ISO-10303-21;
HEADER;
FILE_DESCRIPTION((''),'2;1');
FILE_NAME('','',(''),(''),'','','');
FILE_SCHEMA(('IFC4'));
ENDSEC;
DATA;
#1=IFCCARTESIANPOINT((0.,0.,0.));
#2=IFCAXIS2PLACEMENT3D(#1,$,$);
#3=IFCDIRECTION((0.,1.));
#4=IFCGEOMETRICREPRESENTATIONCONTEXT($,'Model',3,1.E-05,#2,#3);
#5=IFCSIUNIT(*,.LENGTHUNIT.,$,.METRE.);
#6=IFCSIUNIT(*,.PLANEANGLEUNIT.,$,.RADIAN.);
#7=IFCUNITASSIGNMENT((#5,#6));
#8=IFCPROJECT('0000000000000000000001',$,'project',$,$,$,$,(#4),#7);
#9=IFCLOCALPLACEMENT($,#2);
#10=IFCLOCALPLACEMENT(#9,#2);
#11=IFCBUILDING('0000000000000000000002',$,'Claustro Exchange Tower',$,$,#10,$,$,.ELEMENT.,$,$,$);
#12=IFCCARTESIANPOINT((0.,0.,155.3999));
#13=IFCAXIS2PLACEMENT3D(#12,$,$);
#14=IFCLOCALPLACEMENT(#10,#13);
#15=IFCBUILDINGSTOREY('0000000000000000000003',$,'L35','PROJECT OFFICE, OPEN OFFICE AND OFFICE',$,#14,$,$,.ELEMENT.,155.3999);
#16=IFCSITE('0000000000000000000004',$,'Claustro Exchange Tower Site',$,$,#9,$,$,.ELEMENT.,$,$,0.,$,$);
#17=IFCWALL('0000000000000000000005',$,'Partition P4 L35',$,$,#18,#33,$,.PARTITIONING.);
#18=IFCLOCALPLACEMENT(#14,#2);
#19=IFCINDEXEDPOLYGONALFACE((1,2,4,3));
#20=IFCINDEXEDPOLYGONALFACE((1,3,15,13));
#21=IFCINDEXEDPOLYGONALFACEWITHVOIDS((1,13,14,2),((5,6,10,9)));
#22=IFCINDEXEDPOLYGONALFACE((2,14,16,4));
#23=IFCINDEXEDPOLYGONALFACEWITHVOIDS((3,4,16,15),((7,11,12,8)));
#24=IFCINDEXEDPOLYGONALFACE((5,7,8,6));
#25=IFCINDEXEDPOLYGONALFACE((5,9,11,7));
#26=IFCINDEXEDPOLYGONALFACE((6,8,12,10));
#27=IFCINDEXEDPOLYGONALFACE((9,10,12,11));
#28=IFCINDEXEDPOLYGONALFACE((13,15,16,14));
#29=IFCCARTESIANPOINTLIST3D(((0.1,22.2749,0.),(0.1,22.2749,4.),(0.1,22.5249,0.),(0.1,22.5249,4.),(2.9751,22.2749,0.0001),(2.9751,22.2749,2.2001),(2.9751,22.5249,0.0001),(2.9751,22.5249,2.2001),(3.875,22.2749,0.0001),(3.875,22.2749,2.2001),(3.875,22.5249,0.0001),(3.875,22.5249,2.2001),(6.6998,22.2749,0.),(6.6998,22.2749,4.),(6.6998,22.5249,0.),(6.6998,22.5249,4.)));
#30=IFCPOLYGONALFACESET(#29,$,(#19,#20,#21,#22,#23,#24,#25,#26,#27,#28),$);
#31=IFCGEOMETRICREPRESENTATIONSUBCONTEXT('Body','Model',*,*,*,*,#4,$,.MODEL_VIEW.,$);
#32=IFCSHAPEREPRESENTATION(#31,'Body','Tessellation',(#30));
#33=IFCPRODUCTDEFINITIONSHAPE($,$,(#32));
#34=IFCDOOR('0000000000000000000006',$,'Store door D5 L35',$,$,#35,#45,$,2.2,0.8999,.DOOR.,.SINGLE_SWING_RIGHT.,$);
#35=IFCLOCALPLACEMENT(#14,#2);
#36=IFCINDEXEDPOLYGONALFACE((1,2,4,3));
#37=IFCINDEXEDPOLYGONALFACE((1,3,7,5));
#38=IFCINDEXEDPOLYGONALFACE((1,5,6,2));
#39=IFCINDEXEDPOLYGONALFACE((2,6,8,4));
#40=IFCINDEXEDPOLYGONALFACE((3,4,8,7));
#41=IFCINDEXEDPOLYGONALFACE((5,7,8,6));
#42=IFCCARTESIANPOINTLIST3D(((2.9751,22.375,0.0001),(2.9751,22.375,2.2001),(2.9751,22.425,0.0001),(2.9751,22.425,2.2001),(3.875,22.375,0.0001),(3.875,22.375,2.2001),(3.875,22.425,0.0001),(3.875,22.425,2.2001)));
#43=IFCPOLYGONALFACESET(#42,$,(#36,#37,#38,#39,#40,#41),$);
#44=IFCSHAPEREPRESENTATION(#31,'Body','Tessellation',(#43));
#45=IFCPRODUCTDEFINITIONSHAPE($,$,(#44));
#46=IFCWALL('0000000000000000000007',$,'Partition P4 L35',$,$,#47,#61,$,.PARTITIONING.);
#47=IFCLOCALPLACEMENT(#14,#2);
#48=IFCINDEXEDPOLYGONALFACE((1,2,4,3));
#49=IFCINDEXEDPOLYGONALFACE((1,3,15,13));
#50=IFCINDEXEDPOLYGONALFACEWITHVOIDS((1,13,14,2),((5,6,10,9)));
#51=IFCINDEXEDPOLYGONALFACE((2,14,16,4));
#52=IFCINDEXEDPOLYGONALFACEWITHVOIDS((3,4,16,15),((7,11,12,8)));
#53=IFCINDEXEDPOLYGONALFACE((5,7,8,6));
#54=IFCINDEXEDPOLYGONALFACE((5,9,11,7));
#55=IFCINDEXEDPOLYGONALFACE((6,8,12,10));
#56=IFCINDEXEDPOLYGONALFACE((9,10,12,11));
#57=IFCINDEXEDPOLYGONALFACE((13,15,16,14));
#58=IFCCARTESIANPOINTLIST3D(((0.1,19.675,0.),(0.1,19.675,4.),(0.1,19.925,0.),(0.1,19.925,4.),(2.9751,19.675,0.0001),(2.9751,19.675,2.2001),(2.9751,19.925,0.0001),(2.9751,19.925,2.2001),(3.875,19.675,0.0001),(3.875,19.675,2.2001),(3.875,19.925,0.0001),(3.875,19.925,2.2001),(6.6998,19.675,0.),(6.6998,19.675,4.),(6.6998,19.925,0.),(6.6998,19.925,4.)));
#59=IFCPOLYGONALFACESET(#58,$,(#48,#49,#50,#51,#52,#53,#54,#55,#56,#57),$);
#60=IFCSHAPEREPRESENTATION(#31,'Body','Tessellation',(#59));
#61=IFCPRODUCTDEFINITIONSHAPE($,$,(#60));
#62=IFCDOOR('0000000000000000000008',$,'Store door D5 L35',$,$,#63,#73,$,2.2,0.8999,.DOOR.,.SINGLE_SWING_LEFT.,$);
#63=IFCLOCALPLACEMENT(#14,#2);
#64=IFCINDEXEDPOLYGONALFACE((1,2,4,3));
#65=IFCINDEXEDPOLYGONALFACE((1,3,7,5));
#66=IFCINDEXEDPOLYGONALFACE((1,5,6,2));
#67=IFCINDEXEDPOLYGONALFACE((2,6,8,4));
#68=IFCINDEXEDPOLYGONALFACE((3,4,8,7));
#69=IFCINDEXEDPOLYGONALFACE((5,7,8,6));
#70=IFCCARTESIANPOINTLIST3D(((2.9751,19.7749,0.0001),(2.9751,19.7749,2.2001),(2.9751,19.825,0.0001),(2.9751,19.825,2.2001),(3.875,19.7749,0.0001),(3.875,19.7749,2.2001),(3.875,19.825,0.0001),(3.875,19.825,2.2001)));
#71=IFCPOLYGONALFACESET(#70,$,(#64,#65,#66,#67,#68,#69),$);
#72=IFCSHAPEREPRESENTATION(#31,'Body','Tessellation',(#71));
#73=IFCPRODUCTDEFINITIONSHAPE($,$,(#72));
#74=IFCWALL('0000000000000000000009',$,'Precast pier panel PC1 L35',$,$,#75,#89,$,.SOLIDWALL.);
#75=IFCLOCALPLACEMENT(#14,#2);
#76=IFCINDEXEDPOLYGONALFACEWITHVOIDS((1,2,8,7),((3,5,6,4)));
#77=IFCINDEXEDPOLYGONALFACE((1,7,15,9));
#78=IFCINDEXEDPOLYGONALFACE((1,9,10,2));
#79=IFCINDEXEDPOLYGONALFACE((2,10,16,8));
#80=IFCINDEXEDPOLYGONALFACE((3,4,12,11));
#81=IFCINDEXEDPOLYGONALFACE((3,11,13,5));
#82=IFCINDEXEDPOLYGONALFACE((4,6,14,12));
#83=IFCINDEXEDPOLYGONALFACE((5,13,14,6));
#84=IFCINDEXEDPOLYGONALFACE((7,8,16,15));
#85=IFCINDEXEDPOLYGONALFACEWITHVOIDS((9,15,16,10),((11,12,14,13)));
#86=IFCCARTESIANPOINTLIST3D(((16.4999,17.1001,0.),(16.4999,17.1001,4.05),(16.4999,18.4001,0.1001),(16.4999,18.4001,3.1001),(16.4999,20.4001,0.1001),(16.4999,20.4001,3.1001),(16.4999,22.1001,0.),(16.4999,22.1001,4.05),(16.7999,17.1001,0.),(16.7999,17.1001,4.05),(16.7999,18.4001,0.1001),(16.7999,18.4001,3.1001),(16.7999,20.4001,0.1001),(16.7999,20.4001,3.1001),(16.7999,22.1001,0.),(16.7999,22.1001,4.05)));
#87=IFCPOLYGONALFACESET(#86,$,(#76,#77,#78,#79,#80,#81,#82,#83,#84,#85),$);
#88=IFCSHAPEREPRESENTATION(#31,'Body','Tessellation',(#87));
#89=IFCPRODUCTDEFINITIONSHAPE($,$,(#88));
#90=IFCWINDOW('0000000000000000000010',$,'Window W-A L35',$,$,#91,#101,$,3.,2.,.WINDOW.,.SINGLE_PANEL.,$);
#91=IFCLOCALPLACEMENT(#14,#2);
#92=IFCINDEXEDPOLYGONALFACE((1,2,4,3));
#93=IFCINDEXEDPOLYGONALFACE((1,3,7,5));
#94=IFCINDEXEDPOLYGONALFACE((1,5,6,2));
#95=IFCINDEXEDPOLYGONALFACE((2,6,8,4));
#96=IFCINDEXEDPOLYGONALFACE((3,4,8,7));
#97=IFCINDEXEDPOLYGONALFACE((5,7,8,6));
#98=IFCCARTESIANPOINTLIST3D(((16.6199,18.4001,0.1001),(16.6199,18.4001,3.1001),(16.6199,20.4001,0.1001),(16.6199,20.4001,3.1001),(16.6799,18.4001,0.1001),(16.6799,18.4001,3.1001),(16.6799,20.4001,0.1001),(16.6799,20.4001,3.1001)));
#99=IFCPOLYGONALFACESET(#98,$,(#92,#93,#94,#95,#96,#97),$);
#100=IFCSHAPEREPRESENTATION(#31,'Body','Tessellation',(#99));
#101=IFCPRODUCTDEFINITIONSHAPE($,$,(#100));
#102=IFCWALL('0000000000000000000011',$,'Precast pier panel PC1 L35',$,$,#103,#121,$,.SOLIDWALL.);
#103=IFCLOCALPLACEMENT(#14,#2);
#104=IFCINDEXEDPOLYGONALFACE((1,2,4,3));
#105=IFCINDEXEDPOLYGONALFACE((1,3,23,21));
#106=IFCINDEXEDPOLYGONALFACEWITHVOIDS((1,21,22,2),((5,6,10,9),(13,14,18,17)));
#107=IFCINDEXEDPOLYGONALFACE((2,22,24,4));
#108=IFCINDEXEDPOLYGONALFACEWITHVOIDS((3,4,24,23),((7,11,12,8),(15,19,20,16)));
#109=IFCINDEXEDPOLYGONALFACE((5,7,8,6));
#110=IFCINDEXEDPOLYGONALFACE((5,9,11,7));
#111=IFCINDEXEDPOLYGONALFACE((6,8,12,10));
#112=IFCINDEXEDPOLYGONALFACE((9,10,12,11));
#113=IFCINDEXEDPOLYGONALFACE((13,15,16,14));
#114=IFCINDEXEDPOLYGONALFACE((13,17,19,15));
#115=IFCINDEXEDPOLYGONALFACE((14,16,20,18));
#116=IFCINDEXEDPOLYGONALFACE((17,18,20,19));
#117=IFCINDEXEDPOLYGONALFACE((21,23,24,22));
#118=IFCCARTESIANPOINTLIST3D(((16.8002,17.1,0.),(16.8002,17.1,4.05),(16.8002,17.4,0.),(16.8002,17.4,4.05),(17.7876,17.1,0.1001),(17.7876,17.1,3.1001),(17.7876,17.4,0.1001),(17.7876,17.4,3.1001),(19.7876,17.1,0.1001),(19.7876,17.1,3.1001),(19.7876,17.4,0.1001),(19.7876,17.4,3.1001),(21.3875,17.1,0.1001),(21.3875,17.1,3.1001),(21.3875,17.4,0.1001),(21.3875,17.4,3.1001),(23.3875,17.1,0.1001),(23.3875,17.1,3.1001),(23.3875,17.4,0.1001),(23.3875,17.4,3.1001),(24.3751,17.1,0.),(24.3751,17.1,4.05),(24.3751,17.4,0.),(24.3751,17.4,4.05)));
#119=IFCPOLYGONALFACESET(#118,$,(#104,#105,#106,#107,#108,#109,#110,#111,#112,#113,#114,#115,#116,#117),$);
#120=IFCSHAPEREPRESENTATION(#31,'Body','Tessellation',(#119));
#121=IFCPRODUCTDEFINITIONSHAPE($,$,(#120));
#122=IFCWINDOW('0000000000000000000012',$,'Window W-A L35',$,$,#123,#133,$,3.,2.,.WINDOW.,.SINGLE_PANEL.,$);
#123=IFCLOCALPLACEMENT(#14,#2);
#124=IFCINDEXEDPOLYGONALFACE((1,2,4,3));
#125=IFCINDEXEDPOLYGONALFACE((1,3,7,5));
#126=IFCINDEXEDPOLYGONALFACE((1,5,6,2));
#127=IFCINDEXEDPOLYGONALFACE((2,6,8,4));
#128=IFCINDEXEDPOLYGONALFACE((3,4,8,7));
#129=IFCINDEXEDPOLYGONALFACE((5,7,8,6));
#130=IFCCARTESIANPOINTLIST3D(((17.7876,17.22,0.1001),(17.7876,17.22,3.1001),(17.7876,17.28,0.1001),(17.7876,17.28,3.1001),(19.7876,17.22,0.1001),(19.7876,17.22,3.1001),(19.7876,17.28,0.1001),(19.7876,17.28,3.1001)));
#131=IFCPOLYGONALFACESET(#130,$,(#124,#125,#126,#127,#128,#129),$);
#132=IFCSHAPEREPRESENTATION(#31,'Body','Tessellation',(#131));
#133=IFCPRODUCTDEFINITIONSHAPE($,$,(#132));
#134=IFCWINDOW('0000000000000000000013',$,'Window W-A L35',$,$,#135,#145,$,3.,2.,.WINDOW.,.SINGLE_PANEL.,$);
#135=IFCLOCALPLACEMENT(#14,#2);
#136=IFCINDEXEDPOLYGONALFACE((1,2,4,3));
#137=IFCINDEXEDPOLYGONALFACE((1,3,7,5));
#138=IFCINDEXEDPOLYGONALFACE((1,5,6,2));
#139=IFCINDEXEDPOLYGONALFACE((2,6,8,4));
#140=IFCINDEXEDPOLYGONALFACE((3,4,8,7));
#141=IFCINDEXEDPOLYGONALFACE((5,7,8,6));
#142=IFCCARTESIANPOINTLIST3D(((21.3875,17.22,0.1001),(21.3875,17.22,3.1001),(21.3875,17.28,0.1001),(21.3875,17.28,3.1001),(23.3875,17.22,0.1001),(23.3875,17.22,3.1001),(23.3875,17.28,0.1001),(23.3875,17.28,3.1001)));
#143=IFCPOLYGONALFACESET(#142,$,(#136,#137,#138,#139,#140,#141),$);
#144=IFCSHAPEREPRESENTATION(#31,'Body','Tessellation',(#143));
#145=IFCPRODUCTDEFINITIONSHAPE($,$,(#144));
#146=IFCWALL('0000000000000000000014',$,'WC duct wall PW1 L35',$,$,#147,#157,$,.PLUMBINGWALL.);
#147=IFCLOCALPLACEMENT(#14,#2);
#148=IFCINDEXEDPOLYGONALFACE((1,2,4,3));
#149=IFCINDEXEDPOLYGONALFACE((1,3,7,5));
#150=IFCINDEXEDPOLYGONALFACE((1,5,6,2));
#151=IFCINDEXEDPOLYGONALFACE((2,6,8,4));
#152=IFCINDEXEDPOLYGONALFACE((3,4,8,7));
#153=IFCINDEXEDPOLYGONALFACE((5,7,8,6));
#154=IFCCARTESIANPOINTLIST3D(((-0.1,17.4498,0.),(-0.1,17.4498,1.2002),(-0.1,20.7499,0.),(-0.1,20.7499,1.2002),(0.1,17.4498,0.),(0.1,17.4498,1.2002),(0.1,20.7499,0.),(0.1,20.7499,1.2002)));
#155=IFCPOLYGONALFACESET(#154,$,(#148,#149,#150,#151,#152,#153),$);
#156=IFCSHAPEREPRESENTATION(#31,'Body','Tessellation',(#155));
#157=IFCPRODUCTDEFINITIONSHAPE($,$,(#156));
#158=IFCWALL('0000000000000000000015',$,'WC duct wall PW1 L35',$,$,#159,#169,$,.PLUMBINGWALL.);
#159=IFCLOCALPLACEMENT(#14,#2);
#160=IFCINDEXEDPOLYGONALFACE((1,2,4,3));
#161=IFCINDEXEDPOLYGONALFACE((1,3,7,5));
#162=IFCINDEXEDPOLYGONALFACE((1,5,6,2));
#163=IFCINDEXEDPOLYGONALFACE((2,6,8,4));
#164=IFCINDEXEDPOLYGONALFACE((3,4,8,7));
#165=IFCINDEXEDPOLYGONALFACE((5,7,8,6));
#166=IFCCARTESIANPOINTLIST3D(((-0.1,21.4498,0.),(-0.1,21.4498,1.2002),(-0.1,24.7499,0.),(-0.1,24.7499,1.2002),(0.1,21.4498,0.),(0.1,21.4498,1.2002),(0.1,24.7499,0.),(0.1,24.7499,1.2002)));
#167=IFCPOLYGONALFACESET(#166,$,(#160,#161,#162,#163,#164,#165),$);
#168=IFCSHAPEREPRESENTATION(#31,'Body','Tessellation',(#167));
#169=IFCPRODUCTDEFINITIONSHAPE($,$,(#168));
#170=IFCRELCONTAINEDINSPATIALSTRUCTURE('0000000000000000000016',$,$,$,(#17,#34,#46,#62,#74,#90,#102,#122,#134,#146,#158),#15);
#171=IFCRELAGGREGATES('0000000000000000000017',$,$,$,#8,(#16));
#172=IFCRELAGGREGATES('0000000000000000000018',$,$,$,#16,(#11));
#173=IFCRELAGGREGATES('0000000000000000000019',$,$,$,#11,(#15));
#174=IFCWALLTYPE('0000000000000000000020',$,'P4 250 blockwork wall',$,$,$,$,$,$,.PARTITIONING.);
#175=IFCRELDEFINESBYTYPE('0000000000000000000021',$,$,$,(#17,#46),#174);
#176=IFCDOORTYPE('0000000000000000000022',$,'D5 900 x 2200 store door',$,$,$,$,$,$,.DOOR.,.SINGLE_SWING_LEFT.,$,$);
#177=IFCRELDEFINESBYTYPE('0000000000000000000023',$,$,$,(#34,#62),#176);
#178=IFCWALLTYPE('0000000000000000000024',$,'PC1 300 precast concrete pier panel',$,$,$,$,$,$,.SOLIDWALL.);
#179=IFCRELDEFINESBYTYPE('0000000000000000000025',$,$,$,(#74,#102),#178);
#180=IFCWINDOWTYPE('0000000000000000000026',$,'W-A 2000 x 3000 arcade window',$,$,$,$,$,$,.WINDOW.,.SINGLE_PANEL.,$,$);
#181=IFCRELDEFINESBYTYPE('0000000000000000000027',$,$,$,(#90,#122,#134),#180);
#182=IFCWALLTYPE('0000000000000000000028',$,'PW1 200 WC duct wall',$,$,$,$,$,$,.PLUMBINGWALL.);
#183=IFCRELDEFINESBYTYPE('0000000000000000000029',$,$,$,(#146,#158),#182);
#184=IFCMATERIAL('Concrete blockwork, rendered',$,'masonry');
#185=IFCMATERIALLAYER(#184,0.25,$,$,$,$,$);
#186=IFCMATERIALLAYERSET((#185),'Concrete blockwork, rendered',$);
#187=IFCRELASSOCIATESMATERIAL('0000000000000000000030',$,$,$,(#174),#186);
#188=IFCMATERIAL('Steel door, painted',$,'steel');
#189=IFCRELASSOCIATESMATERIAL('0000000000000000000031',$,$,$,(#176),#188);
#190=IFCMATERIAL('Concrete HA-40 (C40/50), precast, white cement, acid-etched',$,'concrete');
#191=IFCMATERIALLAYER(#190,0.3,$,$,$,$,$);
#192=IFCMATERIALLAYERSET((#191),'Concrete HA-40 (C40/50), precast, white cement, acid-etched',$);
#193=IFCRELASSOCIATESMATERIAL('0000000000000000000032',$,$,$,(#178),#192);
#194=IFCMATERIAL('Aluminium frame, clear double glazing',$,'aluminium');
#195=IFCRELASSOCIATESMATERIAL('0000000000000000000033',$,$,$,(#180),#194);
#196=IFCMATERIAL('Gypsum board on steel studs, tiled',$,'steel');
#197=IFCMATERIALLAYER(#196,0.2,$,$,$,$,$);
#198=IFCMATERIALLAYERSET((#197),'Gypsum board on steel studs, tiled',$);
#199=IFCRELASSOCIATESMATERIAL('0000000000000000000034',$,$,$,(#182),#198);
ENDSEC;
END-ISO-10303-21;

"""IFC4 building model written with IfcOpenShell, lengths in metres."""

from ifc_helpers import new_model, si_unit, direction, frame, frame_2d, origin, place, context, subcontext, project, spatial, rectangle, extrude, material, layer, layer_set, type_object, element, fill, save


model = new_model("IFC4")

# Units and contexts
model_context = context("Model", 3, precision=1e-05, world=origin(), true_north=direction((0.0, 1.0)))
body_context = subcontext(model_context, "Body", "Model", "MODEL_VIEW")
ifc_project = project(units=[si_unit("LENGTHUNIT", "METRE"), si_unit("PLANEANGLEUNIT", "RADIAN")], contexts=[model_context])

# Site, building, storey
site_placement = place(None, origin())
site = spatial("IfcSite", under=ifc_project, at=site_placement, Name="Claustro Exchange Tower Site", CompositionType="ELEMENT", RefElevation=0.0)
building_placement = place(site_placement, origin())
building = spatial("IfcBuilding", under=site, at=building_placement, Name="Claustro Exchange Tower", CompositionType="ELEMENT")
storey_placement = place(building_placement, frame((0.0, 0.0, 155.3999)))
storey = spatial("IfcBuildingStorey", under=building, at=storey_placement, Name="L35", Description="PROJECT OFFICE, OPEN OFFICE AND OFFICE", CompositionType="ELEMENT", Elevation=155.3999)

# Walls, openings, doors
ifc_material_1 = material(Name="Concrete blockwork, rendered", Category="masonry")
ifc_layer_1 = layer(ifc_material_1, 0.25)
ifc_layer_set_1 = layer_set([ifc_layer_1], Name="Concrete blockwork, rendered")
wall_type_1 = type_object("IfcWallType", Name="P4 250 blockwork wall", PredefinedType="PARTITIONING", material=ifc_layer_set_1)
wall_1_placement = place(storey_placement, frame((0.1001, 22.3999, 0.0), z_axis=(0.0, 0.0, 1.0), x_axis=(1.0, 0.0, 0.0)))
wall_1 = element("IfcWall", 1, at=wall_1_placement, inside=storey, type_object=wall_type_1, Name="Partition P4 L35", PredefinedType="PARTITIONING", context=body_context, shape_type="SweptSolid", body=[
    extrude(rectangle(XDim=6.5999, YDim=0.25, at=frame_2d((3.2998, 0.0))), origin(), (0.0, 0.0, 1.0), 4.0),
])
opening_1_placement = place(wall_1_placement, frame((2.875, 0.0, 0.0)))
opening_1 = element("IfcOpeningElement", 2, at=opening_1_placement, cuts=wall_1, PredefinedType="OPENING", context=body_context, shape_type="SweptSolid", body=[
    extrude(rectangle(XDim=0.8999, YDim=2.2, at=frame_2d((0.45, 1.1001))), frame((0.0, 0.135, 0.0), z_axis=(0.0, -1.0, 0.0), x_axis=(1.0, 0.0, 0.0)), (0.0, 0.0, 1.0), 0.27),
])
ifc_material_2 = material(Name="Steel door, painted", Category="steel")
door_type_1 = type_object("IfcDoorType", Name="D5 900 x 2200 store door", OperationType="SINGLE_SWING_LEFT", PredefinedType="DOOR", material=ifc_material_2)
door_1_placement = place(opening_1_placement, frame((0.8999, 0.0, 0.0), z_axis=(0.0, 0.0, 1.0), x_axis=(-1.0, 0.0, 0.0)))
door_1 = element("IfcDoor", 3, at=door_1_placement, inside=storey, type_object=door_type_1, Name="Store door D5 L35", OperationType="SINGLE_SWING_RIGHT", OverallHeight=2.2, OverallWidth=0.8999, PredefinedType="DOOR", context=body_context, shape_type="SweptSolid", body=[
    extrude(rectangle(XDim=0.8999, YDim=2.2, at=frame_2d((0.45, 1.1001))), frame((0.0, 0.0249, 0.0), z_axis=(0.0, -1.0, 0.0), x_axis=(1.0, 0.0, 0.0)), (0.0, 0.0, 1.0), 0.05),
])
fill(opening_1, door_1)
wall_2_placement = place(storey_placement, frame((0.1001, 19.8, 0.0), z_axis=(0.0, 0.0, 1.0), x_axis=(1.0, 0.0, 0.0)))
wall_2 = element("IfcWall", 4, at=wall_2_placement, inside=storey, type_object=wall_type_1, Name="Partition P4 L35", PredefinedType="PARTITIONING", context=body_context, shape_type="SweptSolid", body=[
    extrude(rectangle(XDim=6.5999, YDim=0.25, at=frame_2d((3.2998, 0.0))), origin(), (0.0, 0.0, 1.0), 4.0),
])
opening_2_placement = place(wall_2_placement, frame((2.875, 0.0, 0.0)))
opening_2 = element("IfcOpeningElement", 5, at=opening_2_placement, cuts=wall_2, PredefinedType="OPENING", context=body_context, shape_type="SweptSolid", body=[
    extrude(rectangle(XDim=0.8999, YDim=2.2, at=frame_2d((0.45, 1.1001))), frame((0.0, 0.135, 0.0), z_axis=(0.0, -1.0, 0.0), x_axis=(1.0, 0.0, 0.0)), (0.0, 0.0, 1.0), 0.27),
])
door_2_placement = place(opening_2_placement, origin())
door_2 = element("IfcDoor", 6, at=door_2_placement, inside=storey, type_object=door_type_1, Name="Store door D5 L35", OperationType="SINGLE_SWING_LEFT", OverallHeight=2.2, OverallWidth=0.8999, PredefinedType="DOOR", context=body_context, shape_type="SweptSolid", body=[
    extrude(rectangle(XDim=0.8999, YDim=2.2, at=frame_2d((0.45, 1.1001))), frame((0.0, 0.0249, 0.0), z_axis=(0.0, -1.0, 0.0), x_axis=(1.0, 0.0, 0.0)), (0.0, 0.0, 1.0), 0.05),
])
fill(opening_2, door_2)

# Wall, opening, window
ifc_material_3 = material(Name="Concrete HA-40 (C40/50), precast, white cement, acid-etched", Category="concrete")
ifc_layer_2 = layer(ifc_material_3, 0.3)
ifc_layer_set_2 = layer_set([ifc_layer_2], Name="Concrete HA-40 (C40/50), precast, white cement, acid-etched")
wall_type_2 = type_object("IfcWallType", Name="PC1 300 precast concrete pier panel", PredefinedType="SOLIDWALL", material=ifc_layer_set_2)
wall_3_placement = place(storey_placement, frame((16.6499, 17.1001, 0.0), z_axis=(0.0, 0.0, 1.0), x_axis=(0.0, 1.0, 0.0)))
wall_3 = element("IfcWall", 7, at=wall_3_placement, inside=storey, type_object=wall_type_2, Name="Precast pier panel PC1 L35", PredefinedType="SOLIDWALL", context=body_context, shape_type="SweptSolid", body=[
    extrude(rectangle(XDim=5.0, YDim=0.3, at=frame_2d((2.5, 0.0))), origin(), (0.0, 0.0, 1.0), 4.05),
])
opening_3_placement = place(wall_3_placement, frame((1.3, 0.0, 0.1001)))
opening_3 = element("IfcOpeningElement", 8, at=opening_3_placement, cuts=wall_3, PredefinedType="OPENING", context=body_context, shape_type="SweptSolid", body=[
    extrude(rectangle(XDim=2.0, YDim=3.0, at=frame_2d((1.0, 1.5))), frame((0.0, 0.1599, 0.0), z_axis=(0.0, -1.0, 0.0), x_axis=(1.0, 0.0, 0.0)), (0.0, 0.0, 1.0), 0.3201),
])
ifc_material_4 = material(Name="Aluminium frame, clear double glazing", Category="aluminium")
window_type = type_object("IfcWindowType", Name="W-A 2000 x 3000 arcade window", PartitioningType="SINGLE_PANEL", PredefinedType="WINDOW", material=ifc_material_4)
window_1_placement = place(opening_3_placement, origin())
window_1 = element("IfcWindow", 9, at=window_1_placement, inside=storey, type_object=window_type, Name="Window W-A L35", OverallHeight=3.0, OverallWidth=2.0, PartitioningType="SINGLE_PANEL", PredefinedType="WINDOW", context=body_context, shape_type="SweptSolid", body=[
    extrude(rectangle(XDim=2.0, YDim=3.0, at=frame_2d((1.0, 1.5))), frame((0.0, 0.03, 0.0), z_axis=(0.0, -1.0, 0.0), x_axis=(1.0, 0.0, 0.0)), (0.0, 0.0, 1.0), 0.0601),
])
fill(opening_3, window_1)

# Wall, openings, windows
wall_4_placement = place(storey_placement, frame((16.8, 17.25, 0.0), z_axis=(0.0, 0.0, 1.0), x_axis=(1.0, 0.0, 0.0)))
wall_4 = element("IfcWall", 10, at=wall_4_placement, inside=storey, type_object=wall_type_2, Name="Precast pier panel PC1 L35", PredefinedType="SOLIDWALL", context=body_context, shape_type="SweptSolid", body=[
    extrude(rectangle(XDim=7.575, YDim=0.3, at=frame_2d((3.7876, 0.0))), origin(), (0.0, 0.0, 1.0), 4.05),
])
opening_4_placement = place(wall_4_placement, frame((0.9875, 0.0, 0.1001)))
opening_4 = element("IfcOpeningElement", 11, at=opening_4_placement, cuts=wall_4, PredefinedType="OPENING", context=body_context, shape_type="SweptSolid", body=[
    extrude(rectangle(XDim=2.0, YDim=3.0, at=frame_2d((1.0, 1.5))), frame((0.0, 0.1599, 0.0), z_axis=(0.0, -1.0, 0.0), x_axis=(1.0, 0.0, 0.0)), (0.0, 0.0, 1.0), 0.3201),
])
opening_5_placement = place(wall_4_placement, frame((4.5874, 0.0, 0.1001)))
opening_5 = element("IfcOpeningElement", 12, at=opening_5_placement, cuts=wall_4, PredefinedType="OPENING", context=body_context, shape_type="SweptSolid", body=[
    extrude(rectangle(XDim=2.0, YDim=3.0, at=frame_2d((1.0, 1.5))), frame((0.0, 0.1599, 0.0), z_axis=(0.0, -1.0, 0.0), x_axis=(1.0, 0.0, 0.0)), (0.0, 0.0, 1.0), 0.3201),
])
window_2_placement = place(opening_4_placement, origin())
window_2 = element("IfcWindow", 13, at=window_2_placement, inside=storey, type_object=window_type, Name="Window W-A L35", OverallHeight=3.0, OverallWidth=2.0, PartitioningType="SINGLE_PANEL", PredefinedType="WINDOW", context=body_context, shape_type="SweptSolid", body=[
    extrude(rectangle(XDim=2.0, YDim=3.0, at=frame_2d((1.0, 1.5))), frame((0.0, 0.03, 0.0), z_axis=(0.0, -1.0, 0.0), x_axis=(1.0, 0.0, 0.0)), (0.0, 0.0, 1.0), 0.0601),
])
fill(opening_4, window_2)
window_3_placement = place(opening_5_placement, origin())
window_3 = element("IfcWindow", 14, at=window_3_placement, inside=storey, type_object=window_type, Name="Window W-A L35", OverallHeight=3.0, OverallWidth=2.0, PartitioningType="SINGLE_PANEL", PredefinedType="WINDOW", context=body_context, shape_type="SweptSolid", body=[
    extrude(rectangle(XDim=2.0, YDim=3.0, at=frame_2d((1.0, 1.5))), frame((0.0, 0.03, 0.0), z_axis=(0.0, -1.0, 0.0), x_axis=(1.0, 0.0, 0.0)), (0.0, 0.0, 1.0), 0.0601),
])
fill(opening_5, window_3)

# Walls
ifc_material_5 = material(Name="Gypsum board on steel studs, tiled", Category="steel")
ifc_layer_3 = layer(ifc_material_5, 0.2)
ifc_layer_set_3 = layer_set([ifc_layer_3], Name="Gypsum board on steel studs, tiled")
wall_type_3 = type_object("IfcWallType", Name="PW1 200 WC duct wall", PredefinedType="PLUMBINGWALL", material=ifc_layer_set_3)
for number, where, z_axis, x_axis, name in (
    (15, (0.0, 17.45, 0.0), (0.0, 0.0, 1.0), (0.0, 1.0, 0.0), "WC duct wall PW1 L35"),
    (16, (0.0, 21.45, 0.0), (0.0, 0.0, 1.0), (0.0, 1.0, 0.0), "WC duct wall PW1 L35"),
):
    element("IfcWall", number, at=place(storey_placement, frame(where, z_axis=z_axis, x_axis=x_axis)), inside=storey, type_object=wall_type_3, Name=name, PredefinedType="PLUMBINGWALL", context=body_context, shape_type="SweptSolid", body=[
        extrude(rectangle(XDim=3.3, YDim=0.2, at=frame_2d((1.6499, 0.0))), origin(), (0.0, 0.0, 1.0), 1.2002),
    ])

save(model, "model.ifc")
